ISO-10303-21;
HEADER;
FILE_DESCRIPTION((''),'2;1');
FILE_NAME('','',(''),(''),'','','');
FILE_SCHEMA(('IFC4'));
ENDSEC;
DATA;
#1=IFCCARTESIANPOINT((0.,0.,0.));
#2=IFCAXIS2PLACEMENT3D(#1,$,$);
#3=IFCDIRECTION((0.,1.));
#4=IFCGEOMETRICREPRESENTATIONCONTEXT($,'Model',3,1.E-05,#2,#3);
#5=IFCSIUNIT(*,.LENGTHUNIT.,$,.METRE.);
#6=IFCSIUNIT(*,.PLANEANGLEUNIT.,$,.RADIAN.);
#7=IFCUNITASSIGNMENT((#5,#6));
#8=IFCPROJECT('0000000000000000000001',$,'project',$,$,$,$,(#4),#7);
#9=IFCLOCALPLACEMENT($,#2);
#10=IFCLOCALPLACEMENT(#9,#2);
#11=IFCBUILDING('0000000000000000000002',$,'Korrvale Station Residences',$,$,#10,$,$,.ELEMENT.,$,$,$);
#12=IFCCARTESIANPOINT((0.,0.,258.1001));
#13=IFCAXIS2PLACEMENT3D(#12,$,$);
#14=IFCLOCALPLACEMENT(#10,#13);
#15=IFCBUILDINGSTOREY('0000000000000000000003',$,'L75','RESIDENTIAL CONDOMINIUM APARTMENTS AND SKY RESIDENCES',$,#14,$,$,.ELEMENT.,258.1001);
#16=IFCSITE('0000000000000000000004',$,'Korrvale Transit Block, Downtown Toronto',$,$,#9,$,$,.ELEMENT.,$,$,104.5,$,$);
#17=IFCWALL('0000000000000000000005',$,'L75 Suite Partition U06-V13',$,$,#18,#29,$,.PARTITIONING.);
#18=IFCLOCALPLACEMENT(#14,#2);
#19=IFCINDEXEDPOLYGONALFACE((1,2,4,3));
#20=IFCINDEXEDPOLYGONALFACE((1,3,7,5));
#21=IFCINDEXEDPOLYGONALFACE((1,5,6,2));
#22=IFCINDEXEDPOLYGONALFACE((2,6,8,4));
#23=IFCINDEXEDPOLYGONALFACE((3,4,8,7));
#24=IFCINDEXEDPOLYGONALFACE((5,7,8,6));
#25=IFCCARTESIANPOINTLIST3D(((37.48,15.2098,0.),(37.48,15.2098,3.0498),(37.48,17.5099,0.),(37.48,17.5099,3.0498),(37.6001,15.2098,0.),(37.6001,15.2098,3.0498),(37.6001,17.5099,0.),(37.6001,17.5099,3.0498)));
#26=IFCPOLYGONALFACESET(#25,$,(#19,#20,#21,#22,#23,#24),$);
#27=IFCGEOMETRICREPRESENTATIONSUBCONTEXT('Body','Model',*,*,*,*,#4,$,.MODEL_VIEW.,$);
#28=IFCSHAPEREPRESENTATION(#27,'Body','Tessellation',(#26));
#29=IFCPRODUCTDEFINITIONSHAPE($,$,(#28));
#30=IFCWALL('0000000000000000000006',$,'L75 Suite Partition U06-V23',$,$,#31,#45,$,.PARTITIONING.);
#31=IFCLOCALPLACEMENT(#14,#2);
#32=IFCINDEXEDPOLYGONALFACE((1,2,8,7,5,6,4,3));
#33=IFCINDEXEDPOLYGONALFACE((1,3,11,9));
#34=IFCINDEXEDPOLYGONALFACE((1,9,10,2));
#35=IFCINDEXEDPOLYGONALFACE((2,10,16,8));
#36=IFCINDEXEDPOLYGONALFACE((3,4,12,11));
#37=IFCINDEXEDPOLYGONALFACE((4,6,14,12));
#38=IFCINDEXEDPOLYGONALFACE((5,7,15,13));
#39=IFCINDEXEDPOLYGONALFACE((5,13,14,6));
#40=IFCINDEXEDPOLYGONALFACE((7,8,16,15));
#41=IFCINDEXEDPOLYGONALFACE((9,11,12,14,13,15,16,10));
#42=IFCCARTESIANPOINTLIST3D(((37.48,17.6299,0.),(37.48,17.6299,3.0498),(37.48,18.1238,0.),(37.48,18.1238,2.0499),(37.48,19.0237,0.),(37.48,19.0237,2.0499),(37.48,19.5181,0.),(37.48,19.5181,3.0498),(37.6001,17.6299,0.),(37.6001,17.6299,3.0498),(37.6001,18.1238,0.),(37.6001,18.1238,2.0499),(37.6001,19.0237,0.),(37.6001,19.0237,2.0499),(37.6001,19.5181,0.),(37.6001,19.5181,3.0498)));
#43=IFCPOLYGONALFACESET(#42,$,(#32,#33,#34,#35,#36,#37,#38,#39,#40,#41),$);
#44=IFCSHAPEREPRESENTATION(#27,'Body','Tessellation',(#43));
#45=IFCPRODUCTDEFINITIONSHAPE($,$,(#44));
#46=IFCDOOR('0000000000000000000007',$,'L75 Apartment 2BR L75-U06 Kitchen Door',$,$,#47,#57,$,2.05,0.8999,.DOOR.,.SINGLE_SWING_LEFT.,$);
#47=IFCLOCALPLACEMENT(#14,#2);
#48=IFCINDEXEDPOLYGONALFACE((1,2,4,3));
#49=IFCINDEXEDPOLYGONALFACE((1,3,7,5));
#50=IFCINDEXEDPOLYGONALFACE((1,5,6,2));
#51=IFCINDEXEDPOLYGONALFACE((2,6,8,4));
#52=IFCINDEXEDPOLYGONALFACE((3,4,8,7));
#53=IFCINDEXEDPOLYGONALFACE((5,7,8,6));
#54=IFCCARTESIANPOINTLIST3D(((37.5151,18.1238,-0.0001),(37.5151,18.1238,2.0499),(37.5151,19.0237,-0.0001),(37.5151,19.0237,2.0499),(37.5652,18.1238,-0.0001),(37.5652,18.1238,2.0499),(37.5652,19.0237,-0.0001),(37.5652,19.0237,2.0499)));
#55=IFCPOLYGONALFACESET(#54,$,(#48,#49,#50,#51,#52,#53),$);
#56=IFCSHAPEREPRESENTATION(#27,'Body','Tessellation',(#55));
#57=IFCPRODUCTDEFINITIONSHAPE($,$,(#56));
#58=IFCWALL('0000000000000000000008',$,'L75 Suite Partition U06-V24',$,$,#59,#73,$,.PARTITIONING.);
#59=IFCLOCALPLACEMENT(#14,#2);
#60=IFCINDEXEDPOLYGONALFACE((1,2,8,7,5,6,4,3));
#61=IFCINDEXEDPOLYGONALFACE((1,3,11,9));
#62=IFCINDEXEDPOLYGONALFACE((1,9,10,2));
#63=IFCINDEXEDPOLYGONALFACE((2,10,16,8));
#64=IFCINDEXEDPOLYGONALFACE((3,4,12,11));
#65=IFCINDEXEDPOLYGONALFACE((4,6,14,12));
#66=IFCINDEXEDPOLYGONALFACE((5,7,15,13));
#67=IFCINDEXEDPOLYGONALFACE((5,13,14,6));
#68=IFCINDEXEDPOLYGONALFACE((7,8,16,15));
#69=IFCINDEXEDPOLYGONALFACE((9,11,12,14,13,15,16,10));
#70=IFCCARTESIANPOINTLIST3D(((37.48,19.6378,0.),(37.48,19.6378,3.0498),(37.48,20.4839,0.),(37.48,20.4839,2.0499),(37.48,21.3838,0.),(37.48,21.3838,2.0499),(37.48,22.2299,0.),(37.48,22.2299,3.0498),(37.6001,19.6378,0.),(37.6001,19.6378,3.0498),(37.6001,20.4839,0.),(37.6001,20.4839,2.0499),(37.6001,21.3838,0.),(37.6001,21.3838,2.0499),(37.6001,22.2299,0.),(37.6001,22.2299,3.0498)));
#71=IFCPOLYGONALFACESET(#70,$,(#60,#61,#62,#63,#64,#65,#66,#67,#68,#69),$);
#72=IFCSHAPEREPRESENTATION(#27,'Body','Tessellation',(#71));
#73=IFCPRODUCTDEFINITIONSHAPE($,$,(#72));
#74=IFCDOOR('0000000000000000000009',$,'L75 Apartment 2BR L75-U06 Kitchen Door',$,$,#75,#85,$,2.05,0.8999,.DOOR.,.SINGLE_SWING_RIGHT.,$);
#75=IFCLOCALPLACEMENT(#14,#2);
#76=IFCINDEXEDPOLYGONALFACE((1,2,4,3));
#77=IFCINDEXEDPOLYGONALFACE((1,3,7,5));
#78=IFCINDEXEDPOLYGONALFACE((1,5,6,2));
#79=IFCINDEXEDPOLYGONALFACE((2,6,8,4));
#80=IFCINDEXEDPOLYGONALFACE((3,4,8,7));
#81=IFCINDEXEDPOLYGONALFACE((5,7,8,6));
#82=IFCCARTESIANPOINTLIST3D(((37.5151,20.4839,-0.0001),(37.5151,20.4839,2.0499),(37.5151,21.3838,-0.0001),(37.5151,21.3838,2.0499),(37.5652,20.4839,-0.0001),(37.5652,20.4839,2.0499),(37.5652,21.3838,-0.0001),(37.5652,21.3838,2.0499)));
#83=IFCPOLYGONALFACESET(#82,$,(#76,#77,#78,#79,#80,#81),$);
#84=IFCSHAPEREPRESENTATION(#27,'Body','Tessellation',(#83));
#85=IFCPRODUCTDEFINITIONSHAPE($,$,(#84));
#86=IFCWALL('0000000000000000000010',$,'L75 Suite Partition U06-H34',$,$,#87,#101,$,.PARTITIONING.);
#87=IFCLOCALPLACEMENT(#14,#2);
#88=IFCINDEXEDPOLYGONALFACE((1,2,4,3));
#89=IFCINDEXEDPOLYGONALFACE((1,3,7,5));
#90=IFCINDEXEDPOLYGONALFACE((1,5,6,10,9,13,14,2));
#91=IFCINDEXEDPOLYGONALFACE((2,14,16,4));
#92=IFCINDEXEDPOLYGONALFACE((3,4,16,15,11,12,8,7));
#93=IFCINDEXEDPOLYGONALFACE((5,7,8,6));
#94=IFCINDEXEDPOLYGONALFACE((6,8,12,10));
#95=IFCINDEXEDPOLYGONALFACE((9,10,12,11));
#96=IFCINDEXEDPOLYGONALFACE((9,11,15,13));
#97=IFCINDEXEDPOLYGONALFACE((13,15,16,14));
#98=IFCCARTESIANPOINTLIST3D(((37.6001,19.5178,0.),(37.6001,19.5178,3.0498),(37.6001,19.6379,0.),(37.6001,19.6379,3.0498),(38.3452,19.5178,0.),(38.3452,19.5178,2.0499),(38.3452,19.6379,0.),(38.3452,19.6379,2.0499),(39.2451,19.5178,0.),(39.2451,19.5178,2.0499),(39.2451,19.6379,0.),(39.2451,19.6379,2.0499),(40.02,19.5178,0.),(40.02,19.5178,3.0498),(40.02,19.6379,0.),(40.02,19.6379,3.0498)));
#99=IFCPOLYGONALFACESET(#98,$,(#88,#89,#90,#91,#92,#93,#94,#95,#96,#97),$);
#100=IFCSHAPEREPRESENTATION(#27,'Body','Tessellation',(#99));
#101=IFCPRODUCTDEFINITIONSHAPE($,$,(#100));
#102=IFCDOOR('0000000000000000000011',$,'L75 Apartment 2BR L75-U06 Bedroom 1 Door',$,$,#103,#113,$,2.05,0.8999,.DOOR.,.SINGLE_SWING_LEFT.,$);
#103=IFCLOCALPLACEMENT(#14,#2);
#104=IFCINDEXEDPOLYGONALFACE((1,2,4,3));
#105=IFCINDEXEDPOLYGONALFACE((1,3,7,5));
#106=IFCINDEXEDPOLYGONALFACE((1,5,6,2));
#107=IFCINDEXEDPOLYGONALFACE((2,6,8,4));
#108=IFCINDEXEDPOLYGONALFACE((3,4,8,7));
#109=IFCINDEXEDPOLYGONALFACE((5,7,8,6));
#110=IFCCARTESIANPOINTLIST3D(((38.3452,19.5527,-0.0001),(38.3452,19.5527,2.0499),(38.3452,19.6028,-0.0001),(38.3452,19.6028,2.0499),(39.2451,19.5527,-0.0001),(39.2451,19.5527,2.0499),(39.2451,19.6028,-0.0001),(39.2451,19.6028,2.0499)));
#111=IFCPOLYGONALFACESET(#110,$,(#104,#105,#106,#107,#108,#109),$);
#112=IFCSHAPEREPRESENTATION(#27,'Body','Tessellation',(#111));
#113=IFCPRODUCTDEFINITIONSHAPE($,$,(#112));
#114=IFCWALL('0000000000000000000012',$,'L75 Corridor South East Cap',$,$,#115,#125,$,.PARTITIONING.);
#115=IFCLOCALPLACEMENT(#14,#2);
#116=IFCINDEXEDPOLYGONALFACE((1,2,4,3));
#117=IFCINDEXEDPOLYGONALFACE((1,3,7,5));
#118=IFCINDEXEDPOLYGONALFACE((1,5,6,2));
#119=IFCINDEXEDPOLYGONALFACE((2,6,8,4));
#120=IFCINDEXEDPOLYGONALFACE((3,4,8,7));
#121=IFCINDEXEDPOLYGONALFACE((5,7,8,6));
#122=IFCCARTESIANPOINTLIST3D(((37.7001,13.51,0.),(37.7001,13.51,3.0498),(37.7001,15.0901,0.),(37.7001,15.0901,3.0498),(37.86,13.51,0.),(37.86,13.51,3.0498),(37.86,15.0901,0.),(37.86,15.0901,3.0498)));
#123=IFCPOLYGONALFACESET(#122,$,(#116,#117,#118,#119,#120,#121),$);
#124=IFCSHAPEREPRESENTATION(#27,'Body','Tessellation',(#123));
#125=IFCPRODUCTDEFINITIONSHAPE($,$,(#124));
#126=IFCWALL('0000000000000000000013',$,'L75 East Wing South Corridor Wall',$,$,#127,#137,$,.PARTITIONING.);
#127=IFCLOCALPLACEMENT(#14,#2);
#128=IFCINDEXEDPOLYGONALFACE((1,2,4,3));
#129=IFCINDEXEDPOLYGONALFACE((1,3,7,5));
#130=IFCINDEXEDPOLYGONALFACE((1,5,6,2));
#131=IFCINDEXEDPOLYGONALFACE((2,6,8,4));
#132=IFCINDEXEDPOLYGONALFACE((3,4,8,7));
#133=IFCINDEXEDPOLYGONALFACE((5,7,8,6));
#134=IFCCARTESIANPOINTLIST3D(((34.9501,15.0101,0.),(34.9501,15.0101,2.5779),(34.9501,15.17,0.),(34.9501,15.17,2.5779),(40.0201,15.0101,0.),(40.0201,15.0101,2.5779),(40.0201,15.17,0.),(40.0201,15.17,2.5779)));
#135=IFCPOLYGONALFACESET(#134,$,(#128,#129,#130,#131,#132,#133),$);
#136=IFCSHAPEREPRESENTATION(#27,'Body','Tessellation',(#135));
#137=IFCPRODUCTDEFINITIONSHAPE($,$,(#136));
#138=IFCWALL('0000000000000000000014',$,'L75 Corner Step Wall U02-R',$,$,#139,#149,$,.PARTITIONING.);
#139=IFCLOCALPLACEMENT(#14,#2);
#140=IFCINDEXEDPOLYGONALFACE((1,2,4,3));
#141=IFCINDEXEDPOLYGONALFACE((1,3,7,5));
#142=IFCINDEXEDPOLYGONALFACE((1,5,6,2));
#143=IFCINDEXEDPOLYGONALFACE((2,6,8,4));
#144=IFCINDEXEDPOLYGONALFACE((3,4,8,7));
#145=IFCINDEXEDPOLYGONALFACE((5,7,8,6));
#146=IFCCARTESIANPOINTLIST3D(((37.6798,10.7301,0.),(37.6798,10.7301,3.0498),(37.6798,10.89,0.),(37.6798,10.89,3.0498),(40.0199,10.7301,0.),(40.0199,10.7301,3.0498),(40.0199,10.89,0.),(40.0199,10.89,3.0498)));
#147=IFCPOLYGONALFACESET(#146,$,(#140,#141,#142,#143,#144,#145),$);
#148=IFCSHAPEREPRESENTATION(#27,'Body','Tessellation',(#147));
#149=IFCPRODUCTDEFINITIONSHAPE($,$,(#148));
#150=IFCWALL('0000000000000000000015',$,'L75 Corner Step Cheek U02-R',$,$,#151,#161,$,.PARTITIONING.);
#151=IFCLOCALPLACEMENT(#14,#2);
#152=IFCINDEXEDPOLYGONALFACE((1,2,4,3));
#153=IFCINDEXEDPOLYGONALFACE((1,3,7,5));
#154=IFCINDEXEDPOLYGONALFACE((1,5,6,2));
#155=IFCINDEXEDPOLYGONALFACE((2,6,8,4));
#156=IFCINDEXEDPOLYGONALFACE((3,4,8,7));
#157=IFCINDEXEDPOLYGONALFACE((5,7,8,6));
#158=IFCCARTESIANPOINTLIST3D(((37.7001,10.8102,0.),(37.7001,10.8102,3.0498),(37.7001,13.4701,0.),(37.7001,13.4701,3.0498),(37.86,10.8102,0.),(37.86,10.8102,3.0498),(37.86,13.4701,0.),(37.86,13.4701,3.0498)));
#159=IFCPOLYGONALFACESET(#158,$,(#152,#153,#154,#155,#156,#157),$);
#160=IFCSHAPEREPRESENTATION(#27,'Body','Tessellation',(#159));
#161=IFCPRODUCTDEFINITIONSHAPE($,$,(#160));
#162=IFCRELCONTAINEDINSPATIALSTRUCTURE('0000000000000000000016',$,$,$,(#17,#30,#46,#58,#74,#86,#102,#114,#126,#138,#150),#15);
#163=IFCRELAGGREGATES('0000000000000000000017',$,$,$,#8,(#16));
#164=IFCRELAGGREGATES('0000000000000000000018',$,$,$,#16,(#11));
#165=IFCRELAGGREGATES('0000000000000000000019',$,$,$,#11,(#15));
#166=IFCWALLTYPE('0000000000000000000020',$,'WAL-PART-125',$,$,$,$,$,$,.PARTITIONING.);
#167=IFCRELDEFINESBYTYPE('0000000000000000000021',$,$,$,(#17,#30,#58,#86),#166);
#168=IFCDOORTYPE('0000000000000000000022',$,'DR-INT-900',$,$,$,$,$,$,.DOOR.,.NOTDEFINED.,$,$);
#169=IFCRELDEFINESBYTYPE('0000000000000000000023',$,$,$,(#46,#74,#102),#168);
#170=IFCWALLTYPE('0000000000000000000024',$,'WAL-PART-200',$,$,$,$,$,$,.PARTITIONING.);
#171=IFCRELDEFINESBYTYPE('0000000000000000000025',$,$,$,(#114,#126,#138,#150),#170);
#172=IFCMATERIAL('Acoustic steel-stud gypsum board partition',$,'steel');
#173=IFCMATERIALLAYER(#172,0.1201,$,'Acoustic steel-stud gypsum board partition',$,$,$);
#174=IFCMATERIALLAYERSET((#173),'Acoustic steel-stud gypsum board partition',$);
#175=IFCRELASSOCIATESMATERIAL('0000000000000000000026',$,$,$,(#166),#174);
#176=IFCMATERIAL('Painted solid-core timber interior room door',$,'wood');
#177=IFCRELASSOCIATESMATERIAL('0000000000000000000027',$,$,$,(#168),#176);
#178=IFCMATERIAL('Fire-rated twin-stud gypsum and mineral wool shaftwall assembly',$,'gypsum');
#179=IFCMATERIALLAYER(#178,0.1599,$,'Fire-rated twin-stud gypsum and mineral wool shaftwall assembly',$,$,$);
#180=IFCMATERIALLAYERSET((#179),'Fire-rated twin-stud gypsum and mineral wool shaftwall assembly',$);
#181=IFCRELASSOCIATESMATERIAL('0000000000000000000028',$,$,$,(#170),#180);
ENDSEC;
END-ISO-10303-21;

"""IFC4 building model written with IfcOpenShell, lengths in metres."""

from ifc_helpers import new_model, si_unit, direction, frame, frame_2d, origin, place, context, subcontext, project, spatial, rectangle, extrude, material, layer, layer_set, type_object, element, fill, save


model = new_model("IFC4")

# Units and contexts
model_context = context("Model", 3, precision=1e-05, world=origin(), true_north=direction((0.0, 1.0)))
body_context = subcontext(model_context, "Body", "Model", "MODEL_VIEW")
ifc_project = project(units=[si_unit("LENGTHUNIT", "METRE"), si_unit("PLANEANGLEUNIT", "RADIAN")], contexts=[model_context])

# Site, building, storey
site_placement = place(None, origin())
site = spatial("IfcSite", under=ifc_project, at=site_placement, Name="Korrvale Transit Block, Downtown Toronto", CompositionType="ELEMENT", RefElevation=104.5)
building_placement = place(site_placement, origin())
building = spatial("IfcBuilding", under=site, at=building_placement, Name="Korrvale Station Residences", CompositionType="ELEMENT")
storey_placement = place(building_placement, frame((0.0, 0.0, 258.1001)))
storey = spatial("IfcBuildingStorey", under=building, at=storey_placement, Name="L75", Description="RESIDENTIAL CONDOMINIUM APARTMENTS AND SKY RESIDENCES", CompositionType="ELEMENT", Elevation=258.1001)

# Shared definitions
ifc_material_1 = material(Name="Acoustic steel-stud gypsum board partition", Category="steel")
ifc_layer_1 = layer(ifc_material_1, 0.1201, Name="Acoustic steel-stud gypsum board partition")
ifc_layer_set_1 = layer_set([ifc_layer_1], Name="Acoustic steel-stud gypsum board partition")
wall_type_1 = type_object("IfcWallType", Name="WAL-PART-125", PredefinedType="PARTITIONING", material=ifc_layer_set_1)
ifc_material_2 = material(Name="Painted solid-core timber interior room door", Category="wood")
door_type_1 = type_object("IfcDoorType", Name="DR-INT-900", OperationType="NOTDEFINED", PredefinedType="DOOR", material=ifc_material_2)

# Wall
wall_1_placement = place(storey_placement, frame((37.54, 15.21, 0.0), z_axis=(0.0, 0.0, 1.0), x_axis=(0.0, 1.0, 0.0)))
element("IfcWall", 1, at=wall_1_placement, inside=storey, type_object=wall_type_1, Name="L75 Suite Partition U06-V13", PredefinedType="PARTITIONING", context=body_context, shape_type="SweptSolid", body=[
    extrude(rectangle(XDim=2.3, YDim=0.1201, at=frame_2d((1.1499, 0.0))), origin(), (0.0, 0.0, 1.0), 3.0498),
])

# Walls, openings, doors
wall_2_placement = place(storey_placement, frame((37.54, 17.6299, 0.0), z_axis=(0.0, 0.0, 1.0), x_axis=(0.0, 1.0, 0.0)))
wall_2 = element("IfcWall", 2, at=wall_2_placement, inside=storey, type_object=wall_type_1, Name="L75 Suite Partition U06-V23", PredefinedType="PARTITIONING", context=body_context, shape_type="SweptSolid", body=[
    extrude(rectangle(XDim=1.8882, YDim=0.1201, at=frame_2d((0.9441, 0.0))), origin(), (0.0, 0.0, 1.0), 3.0498),
])
opening_1_placement = place(wall_2_placement, frame((0.4939, 0.0, 0.0)))
opening_1 = element("IfcOpeningElement", 3, at=opening_1_placement, cuts=wall_2, PredefinedType="OPENING", context=body_context, shape_type="SweptSolid", body=[
    extrude(rectangle(XDim=0.8999, YDim=2.05, at=frame_2d((0.45, 1.0249))), frame((0.0, 0.0701, 0.0), z_axis=(0.0, -1.0, 0.0), x_axis=(1.0, 0.0, 0.0)), (0.0, 0.0, 1.0), 0.1401),
])
door_1_placement = place(opening_1_placement, origin())
door_1 = element("IfcDoor", 4, at=door_1_placement, inside=storey, type_object=door_type_1, Name="L75 Apartment 2BR L75-U06 Kitchen Door", OperationType="SINGLE_SWING_LEFT", OverallHeight=2.05, OverallWidth=0.8999, PredefinedType="DOOR", context=body_context, shape_type="SweptSolid", body=[
    extrude(rectangle(XDim=0.8999, YDim=2.05, at=frame_2d((0.45, 1.0249))), frame((0.0, 0.0249, 0.0), z_axis=(0.0, -1.0, 0.0), x_axis=(1.0, 0.0, 0.0)), (0.0, 0.0, 1.0), 0.05),
])
fill(opening_1, door_1)
wall_3_placement = place(storey_placement, frame((37.54, 19.6379, 0.0), z_axis=(0.0, 0.0, 1.0), x_axis=(0.0, 1.0, 0.0)))
wall_3 = element("IfcWall", 5, at=wall_3_placement, inside=storey, type_object=wall_type_1, Name="L75 Suite Partition U06-V24", PredefinedType="PARTITIONING", context=body_context, shape_type="SweptSolid", body=[
    extrude(rectangle(XDim=2.592, YDim=0.1201, at=frame_2d((1.2959, 0.0))), origin(), (0.0, 0.0, 1.0), 3.0498),
])
opening_2_placement = place(wall_3_placement, frame((0.8459, 0.0, 0.0)))
opening_2 = element("IfcOpeningElement", 6, at=opening_2_placement, cuts=wall_3, PredefinedType="OPENING", context=body_context, shape_type="SweptSolid", body=[
    extrude(rectangle(XDim=0.8999, YDim=2.05, at=frame_2d((0.45, 1.0249))), frame((0.0, 0.0701, 0.0), z_axis=(0.0, -1.0, 0.0), x_axis=(1.0, 0.0, 0.0)), (0.0, 0.0, 1.0), 0.1401),
])
door_2_placement = place(opening_2_placement, origin())
door_2 = element("IfcDoor", 7, at=door_2_placement, inside=storey, type_object=door_type_1, Name="L75 Apartment 2BR L75-U06 Kitchen Door", OperationType="SINGLE_SWING_RIGHT", OverallHeight=2.05, OverallWidth=0.8999, PredefinedType="DOOR", context=body_context, shape_type="SweptSolid", body=[
    extrude(rectangle(XDim=0.8999, YDim=2.05, at=frame_2d((0.45, 1.0249))), frame((0.0, 0.0249, 0.0), z_axis=(0.0, -1.0, 0.0), x_axis=(1.0, 0.0, 0.0)), (0.0, 0.0, 1.0), 0.05),
])
fill(opening_2, door_2)
wall_4_placement = place(storey_placement, frame((37.6001, 19.5779, 0.0), z_axis=(0.0, 0.0, 1.0), x_axis=(1.0, 0.0, 0.0)))
wall_4 = element("IfcWall", 8, at=wall_4_placement, inside=storey, type_object=wall_type_1, Name="L75 Suite Partition U06-H34", PredefinedType="PARTITIONING", context=body_context, shape_type="SweptSolid", body=[
    extrude(rectangle(XDim=2.4199, YDim=0.1201, at=frame_2d((1.21, 0.0))), origin(), (0.0, 0.0, 1.0), 3.0498),
])
opening_3_placement = place(wall_4_placement, frame((0.7451, 0.0, 0.0)))
opening_3 = element("IfcOpeningElement", 9, at=opening_3_placement, cuts=wall_4, PredefinedType="OPENING", context=body_context, shape_type="SweptSolid", body=[
    extrude(rectangle(XDim=0.8999, YDim=2.05, at=frame_2d((0.45, 1.0249))), frame((0.0, 0.0701, 0.0), z_axis=(0.0, -1.0, 0.0), x_axis=(1.0, 0.0, 0.0)), (0.0, 0.0, 1.0), 0.1401),
])
door_3_placement = place(opening_3_placement, origin())
door_3 = element("IfcDoor", 10, at=door_3_placement, inside=storey, type_object=door_type_1, Name="L75 Apartment 2BR L75-U06 Bedroom 1 Door", OperationType="SINGLE_SWING_LEFT", OverallHeight=2.05, OverallWidth=0.8999, PredefinedType="DOOR", context=body_context, shape_type="SweptSolid", body=[
    extrude(rectangle(XDim=0.8999, YDim=2.05, at=frame_2d((0.45, 1.0249))), frame((0.0, 0.0249, 0.0), z_axis=(0.0, -1.0, 0.0), x_axis=(1.0, 0.0, 0.0)), (0.0, 0.0, 1.0), 0.05),
])
fill(opening_3, door_3)

# Walls
ifc_material_3 = material(Name="Fire-rated twin-stud gypsum and mineral wool shaftwall assembly", Category="gypsum")
ifc_layer_2 = layer(ifc_material_3, 0.1599, Name="Fire-rated twin-stud gypsum and mineral wool shaftwall assembly")
ifc_layer_set_2 = layer_set([ifc_layer_2], Name="Fire-rated twin-stud gypsum and mineral wool shaftwall assembly")
wall_type_2 = type_object("IfcWallType", Name="WAL-PART-200", PredefinedType="PARTITIONING", material=ifc_layer_set_2)
wall_5_placement = place(storey_placement, frame((37.78, 13.51, 0.0), z_axis=(0.0, 0.0, 1.0), x_axis=(0.0, 1.0, 0.0)))
element("IfcWall", 11, at=wall_5_placement, inside=storey, type_object=wall_type_2, Name="L75 Corridor South East Cap", PredefinedType="PARTITIONING", context=body_context, shape_type="SweptSolid", body=[
    extrude(rectangle(XDim=1.5801, YDim=0.1599, at=frame_2d((0.79, 0.0))), origin(), (0.0, 0.0, 1.0), 3.0498),
])
wall_6_placement = place(storey_placement, frame((34.95, 15.0901, 0.0), z_axis=(0.0, 0.0, 1.0), x_axis=(1.0, 0.0, 0.0)))
element("IfcWall", 12, at=wall_6_placement, inside=storey, type_object=wall_type_2, Name="L75 East Wing South Corridor Wall", PredefinedType="PARTITIONING", context=body_context, shape_type="SweptSolid", body=[
    extrude(rectangle(XDim=5.0701, YDim=0.1599, at=frame_2d((2.5352, 0.0))), origin(), (0.0, 0.0, 1.0), 2.5779),
])
wall_7_placement = place(storey_placement, frame((37.6799, 10.8101, 0.0), z_axis=(0.0, 0.0, 1.0), x_axis=(1.0, 0.0, 0.0)))
element("IfcWall", 13, at=wall_7_placement, inside=storey, type_object=wall_type_2, Name="L75 Corner Step Wall U02-R", PredefinedType="PARTITIONING", context=body_context, shape_type="SweptSolid", body=[
    extrude(rectangle(XDim=2.3401, YDim=0.1599, at=frame_2d((1.1699, 0.0))), origin(), (0.0, 0.0, 1.0), 3.0498),
])
wall_8_placement = place(storey_placement, frame((37.78, 10.8101, 0.0), z_axis=(0.0, 0.0, 1.0), x_axis=(0.0, 1.0, 0.0)))
element("IfcWall", 14, at=wall_8_placement, inside=storey, type_object=wall_type_2, Name="L75 Corner Step Cheek U02-R", PredefinedType="PARTITIONING", context=body_context, shape_type="SweptSolid", body=[
    extrude(rectangle(XDim=2.6599, YDim=0.1599, at=frame_2d((1.3301, 0.0))), origin(), (0.0, 0.0, 1.0), 3.0498),
])

save(model, "model.ifc")
